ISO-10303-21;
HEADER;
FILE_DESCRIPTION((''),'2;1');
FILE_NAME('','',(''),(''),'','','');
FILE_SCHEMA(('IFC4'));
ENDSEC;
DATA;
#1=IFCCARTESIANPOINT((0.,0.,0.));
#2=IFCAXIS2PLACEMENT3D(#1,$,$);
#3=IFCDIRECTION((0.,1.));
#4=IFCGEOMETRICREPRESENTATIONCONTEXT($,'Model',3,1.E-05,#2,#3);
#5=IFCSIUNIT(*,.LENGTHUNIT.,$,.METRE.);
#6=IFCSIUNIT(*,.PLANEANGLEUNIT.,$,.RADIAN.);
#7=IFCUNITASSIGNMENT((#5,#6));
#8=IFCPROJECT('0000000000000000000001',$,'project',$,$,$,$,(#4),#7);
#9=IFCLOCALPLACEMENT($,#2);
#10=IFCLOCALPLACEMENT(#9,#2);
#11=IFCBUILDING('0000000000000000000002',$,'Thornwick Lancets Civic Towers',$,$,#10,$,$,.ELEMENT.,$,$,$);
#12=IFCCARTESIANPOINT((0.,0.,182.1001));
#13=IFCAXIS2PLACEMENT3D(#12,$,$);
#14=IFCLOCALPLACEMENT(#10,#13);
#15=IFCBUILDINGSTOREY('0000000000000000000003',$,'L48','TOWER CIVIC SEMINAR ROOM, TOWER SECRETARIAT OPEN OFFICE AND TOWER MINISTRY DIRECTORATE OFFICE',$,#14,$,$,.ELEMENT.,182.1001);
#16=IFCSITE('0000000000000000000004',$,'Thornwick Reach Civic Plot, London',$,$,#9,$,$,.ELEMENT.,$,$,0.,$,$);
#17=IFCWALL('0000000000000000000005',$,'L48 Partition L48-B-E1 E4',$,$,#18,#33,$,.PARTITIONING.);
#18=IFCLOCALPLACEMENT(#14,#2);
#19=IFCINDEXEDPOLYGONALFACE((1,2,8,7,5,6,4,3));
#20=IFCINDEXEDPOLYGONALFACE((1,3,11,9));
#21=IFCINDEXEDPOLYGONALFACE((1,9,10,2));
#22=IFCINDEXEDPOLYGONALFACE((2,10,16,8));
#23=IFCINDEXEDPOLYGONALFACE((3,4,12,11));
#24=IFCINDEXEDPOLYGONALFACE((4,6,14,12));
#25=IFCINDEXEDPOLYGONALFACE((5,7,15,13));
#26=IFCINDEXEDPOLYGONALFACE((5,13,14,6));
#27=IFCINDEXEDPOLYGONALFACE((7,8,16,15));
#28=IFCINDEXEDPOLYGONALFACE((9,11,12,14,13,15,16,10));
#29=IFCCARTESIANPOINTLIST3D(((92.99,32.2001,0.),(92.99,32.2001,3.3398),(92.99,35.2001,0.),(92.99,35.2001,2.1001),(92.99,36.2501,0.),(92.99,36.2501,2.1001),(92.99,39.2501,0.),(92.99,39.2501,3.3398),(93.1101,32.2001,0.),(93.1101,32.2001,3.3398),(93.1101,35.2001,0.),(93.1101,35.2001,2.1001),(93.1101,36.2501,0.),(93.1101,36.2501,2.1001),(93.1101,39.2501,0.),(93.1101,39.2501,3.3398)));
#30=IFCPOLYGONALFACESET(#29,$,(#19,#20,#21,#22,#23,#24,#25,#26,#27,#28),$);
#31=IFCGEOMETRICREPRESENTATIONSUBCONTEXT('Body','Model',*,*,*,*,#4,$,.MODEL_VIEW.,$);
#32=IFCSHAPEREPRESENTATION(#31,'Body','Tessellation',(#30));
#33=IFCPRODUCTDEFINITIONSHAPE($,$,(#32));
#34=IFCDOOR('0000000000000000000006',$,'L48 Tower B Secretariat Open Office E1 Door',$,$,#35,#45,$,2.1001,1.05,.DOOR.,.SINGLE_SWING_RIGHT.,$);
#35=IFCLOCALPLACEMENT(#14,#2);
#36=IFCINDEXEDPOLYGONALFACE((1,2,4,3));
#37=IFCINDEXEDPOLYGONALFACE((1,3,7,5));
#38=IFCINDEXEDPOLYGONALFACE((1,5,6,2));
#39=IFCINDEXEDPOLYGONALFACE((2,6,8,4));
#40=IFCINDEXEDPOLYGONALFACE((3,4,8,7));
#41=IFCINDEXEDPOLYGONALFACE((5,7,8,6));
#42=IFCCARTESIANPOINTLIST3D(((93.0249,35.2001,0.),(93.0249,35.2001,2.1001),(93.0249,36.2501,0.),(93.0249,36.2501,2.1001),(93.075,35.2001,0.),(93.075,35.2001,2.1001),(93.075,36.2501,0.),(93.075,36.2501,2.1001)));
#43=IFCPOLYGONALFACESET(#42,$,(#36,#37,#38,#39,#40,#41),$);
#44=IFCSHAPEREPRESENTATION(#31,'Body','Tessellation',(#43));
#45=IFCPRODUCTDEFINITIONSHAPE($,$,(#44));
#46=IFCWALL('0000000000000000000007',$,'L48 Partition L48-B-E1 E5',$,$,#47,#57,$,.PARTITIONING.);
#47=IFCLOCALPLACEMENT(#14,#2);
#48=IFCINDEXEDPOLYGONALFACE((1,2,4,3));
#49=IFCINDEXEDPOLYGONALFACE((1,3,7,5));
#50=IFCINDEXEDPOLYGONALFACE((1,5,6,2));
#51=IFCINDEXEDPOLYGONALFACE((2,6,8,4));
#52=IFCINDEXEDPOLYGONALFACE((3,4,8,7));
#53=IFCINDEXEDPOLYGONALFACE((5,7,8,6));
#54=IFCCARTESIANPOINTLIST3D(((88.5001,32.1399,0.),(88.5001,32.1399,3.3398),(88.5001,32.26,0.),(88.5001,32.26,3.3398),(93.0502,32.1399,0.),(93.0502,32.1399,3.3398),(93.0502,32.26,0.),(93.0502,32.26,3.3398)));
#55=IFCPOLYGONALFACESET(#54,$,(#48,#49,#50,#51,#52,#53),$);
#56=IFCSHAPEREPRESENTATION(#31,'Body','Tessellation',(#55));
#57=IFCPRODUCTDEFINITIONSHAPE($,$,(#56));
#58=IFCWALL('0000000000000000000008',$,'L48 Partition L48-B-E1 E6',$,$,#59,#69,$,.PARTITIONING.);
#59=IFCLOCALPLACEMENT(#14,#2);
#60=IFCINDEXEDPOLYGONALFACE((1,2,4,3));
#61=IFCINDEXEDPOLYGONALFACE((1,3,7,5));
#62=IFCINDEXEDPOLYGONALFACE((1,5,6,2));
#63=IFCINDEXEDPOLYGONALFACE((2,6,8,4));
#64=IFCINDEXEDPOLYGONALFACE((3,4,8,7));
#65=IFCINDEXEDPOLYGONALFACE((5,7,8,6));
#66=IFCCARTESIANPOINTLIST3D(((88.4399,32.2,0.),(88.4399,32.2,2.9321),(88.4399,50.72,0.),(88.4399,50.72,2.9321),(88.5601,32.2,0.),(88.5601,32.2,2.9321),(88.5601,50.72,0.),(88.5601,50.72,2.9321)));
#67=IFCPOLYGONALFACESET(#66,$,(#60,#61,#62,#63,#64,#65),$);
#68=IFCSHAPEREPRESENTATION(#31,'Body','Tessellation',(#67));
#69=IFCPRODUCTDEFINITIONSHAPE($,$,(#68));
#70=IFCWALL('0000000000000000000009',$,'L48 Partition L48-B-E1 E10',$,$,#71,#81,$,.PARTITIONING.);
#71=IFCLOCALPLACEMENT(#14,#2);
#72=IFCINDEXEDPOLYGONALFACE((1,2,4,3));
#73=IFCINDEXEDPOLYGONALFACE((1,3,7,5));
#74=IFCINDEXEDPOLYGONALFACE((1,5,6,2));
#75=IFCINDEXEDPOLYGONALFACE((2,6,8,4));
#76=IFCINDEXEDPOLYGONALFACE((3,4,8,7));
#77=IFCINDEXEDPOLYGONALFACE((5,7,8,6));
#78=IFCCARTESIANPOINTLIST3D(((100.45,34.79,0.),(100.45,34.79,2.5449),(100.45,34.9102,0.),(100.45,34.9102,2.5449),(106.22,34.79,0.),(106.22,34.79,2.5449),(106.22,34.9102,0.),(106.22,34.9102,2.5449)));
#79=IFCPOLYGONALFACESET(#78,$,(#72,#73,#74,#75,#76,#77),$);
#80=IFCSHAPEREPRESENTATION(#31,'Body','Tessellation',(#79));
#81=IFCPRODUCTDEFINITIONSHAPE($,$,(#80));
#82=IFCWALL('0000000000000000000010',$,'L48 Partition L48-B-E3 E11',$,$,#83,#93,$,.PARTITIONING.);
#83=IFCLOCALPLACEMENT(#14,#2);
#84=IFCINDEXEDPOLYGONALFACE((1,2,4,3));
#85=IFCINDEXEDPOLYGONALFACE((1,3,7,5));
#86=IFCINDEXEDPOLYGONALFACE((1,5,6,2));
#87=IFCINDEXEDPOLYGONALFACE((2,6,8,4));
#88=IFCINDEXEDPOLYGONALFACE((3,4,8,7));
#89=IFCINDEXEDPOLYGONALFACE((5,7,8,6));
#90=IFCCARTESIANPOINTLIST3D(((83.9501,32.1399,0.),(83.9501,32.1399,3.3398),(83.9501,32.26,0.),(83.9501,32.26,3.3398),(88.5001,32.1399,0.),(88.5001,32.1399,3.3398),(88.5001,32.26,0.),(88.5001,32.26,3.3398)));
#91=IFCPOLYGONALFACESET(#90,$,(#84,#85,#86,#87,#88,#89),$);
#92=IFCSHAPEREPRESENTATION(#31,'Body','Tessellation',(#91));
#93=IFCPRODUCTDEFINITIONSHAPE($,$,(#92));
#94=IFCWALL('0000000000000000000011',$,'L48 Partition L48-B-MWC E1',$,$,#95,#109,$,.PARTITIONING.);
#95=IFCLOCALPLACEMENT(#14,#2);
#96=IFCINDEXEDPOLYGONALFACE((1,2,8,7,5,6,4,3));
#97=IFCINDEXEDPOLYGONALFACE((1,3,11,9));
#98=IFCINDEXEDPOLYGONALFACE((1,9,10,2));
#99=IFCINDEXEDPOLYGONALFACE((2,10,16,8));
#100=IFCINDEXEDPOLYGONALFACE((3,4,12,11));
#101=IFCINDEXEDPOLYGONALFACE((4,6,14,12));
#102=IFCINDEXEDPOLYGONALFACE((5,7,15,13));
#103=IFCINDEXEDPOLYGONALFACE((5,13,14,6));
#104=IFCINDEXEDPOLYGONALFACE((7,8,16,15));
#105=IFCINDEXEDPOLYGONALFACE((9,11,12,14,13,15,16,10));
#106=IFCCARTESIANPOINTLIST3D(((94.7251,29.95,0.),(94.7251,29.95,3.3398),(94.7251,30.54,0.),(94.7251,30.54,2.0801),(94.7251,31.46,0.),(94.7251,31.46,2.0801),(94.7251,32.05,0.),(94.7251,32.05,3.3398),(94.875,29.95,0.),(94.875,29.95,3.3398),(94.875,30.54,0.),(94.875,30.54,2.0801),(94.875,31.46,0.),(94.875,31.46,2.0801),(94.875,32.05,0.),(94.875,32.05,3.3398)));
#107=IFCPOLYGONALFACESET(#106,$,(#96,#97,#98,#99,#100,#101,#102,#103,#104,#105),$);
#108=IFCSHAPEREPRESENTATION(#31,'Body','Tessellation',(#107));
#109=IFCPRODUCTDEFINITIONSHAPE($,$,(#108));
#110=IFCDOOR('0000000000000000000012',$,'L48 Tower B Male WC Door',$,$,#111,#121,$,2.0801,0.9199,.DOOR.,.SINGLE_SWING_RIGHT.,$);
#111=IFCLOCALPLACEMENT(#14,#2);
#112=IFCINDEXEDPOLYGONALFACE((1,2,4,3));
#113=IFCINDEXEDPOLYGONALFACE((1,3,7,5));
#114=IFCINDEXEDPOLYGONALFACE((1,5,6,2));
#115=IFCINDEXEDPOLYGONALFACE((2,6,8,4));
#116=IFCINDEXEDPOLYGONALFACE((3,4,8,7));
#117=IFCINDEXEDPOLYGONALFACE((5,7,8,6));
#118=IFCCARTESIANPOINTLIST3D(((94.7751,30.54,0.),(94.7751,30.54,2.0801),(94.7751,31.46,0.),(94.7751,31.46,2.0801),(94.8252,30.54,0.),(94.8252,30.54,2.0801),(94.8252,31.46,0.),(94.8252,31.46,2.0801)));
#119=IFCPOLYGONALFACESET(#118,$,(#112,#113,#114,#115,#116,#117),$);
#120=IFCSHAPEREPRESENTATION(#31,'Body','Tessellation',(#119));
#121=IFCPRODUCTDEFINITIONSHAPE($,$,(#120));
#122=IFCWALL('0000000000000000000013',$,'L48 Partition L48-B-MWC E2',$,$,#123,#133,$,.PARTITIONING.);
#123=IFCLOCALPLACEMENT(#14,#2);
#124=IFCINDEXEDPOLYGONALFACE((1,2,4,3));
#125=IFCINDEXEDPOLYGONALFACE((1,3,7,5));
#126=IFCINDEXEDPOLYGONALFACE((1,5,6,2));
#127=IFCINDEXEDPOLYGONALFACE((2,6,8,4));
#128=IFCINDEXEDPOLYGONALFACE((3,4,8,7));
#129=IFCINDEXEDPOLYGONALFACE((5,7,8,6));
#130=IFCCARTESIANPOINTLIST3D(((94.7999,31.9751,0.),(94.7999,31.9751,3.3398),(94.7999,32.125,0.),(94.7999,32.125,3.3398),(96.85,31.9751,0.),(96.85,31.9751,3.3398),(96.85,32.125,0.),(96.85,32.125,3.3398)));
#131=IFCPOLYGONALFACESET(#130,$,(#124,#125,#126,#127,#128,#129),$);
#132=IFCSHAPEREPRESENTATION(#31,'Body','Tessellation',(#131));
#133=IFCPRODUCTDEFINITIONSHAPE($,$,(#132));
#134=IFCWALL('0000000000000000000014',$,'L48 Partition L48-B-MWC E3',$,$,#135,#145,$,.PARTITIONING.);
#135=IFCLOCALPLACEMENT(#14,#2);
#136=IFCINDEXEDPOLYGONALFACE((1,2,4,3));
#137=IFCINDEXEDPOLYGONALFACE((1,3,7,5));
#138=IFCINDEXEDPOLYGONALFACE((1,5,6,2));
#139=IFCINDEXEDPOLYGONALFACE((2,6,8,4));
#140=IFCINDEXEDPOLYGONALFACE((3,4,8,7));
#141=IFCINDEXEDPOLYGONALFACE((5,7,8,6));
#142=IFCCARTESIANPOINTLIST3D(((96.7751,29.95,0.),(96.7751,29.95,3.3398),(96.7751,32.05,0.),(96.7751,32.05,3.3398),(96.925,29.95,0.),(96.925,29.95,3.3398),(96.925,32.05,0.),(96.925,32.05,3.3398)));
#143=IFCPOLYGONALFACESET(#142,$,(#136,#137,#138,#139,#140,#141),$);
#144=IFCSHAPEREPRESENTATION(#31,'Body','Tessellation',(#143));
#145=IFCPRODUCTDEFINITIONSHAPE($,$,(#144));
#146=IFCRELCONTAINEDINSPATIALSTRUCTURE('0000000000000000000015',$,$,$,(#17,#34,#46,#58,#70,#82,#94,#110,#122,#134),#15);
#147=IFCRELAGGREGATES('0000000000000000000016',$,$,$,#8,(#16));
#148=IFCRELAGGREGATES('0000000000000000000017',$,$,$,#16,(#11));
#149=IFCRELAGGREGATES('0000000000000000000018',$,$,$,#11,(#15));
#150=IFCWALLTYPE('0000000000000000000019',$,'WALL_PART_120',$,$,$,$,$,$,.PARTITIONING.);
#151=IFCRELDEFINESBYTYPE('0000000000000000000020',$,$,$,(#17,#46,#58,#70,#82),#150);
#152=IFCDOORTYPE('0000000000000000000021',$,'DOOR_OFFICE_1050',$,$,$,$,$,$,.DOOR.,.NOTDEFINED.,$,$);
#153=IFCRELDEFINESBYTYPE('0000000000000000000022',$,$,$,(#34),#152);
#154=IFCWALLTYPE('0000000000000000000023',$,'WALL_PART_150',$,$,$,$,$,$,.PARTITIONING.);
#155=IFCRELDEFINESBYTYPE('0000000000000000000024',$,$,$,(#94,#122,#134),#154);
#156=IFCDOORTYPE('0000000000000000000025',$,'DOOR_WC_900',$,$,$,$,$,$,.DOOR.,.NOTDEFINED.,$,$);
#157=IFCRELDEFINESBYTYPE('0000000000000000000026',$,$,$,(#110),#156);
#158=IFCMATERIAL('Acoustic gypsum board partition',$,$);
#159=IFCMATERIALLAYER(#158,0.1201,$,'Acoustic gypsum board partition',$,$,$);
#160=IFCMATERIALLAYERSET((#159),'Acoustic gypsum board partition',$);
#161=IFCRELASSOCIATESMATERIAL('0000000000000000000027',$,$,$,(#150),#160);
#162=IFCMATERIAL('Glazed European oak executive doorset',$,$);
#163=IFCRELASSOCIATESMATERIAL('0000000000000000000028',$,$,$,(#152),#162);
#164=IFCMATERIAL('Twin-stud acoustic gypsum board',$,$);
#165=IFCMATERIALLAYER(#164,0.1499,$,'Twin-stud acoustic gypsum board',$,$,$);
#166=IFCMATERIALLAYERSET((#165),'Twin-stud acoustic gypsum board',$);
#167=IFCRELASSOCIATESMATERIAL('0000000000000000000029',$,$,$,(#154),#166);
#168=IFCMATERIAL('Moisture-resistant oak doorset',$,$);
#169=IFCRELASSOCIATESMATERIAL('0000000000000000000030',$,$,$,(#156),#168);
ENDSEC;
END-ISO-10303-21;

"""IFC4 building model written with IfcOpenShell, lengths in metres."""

from ifc_helpers import new_model, si_unit, direction, frame, frame_2d, origin, place, context, subcontext, project, spatial, rectangle, extrude, material, layer, layer_set, type_object, element, fill, save


model = new_model("IFC4")

# Units and contexts
model_context = context("Model", 3, precision=1e-05, world=origin(), true_north=direction((0.0, 1.0)))
body_context = subcontext(model_context, "Body", "Model", "MODEL_VIEW")
ifc_project = project(units=[si_unit("LENGTHUNIT", "METRE"), si_unit("PLANEANGLEUNIT", "RADIAN")], contexts=[model_context])

# Site, building, storey
site_placement = place(None, origin())
site = spatial("IfcSite", under=ifc_project, at=site_placement, Name="Thornwick Reach Civic Plot, London", CompositionType="ELEMENT", RefElevation=0.0)
building_placement = place(site_placement, origin())
building = spatial("IfcBuilding", under=site, at=building_placement, Name="Thornwick Lancets Civic Towers", CompositionType="ELEMENT")
storey_placement = place(building_placement, frame((0.0, 0.0, 182.1001)))
storey = spatial("IfcBuildingStorey", under=building, at=storey_placement, Name="L48", Description="TOWER CIVIC SEMINAR ROOM, TOWER SECRETARIAT OPEN OFFICE AND TOWER MINISTRY DIRECTORATE OFFICE", CompositionType="ELEMENT", Elevation=182.1001)

# Shared definitions
ifc_material_1 = material(Name="Acoustic gypsum board partition")
ifc_layer_1 = layer(ifc_material_1, 0.1201, Name="Acoustic gypsum board partition")
ifc_layer_set_1 = layer_set([ifc_layer_1], Name="Acoustic gypsum board partition")
wall_type_1 = type_object("IfcWallType", Name="WALL_PART_120", PredefinedType="PARTITIONING", material=ifc_layer_set_1)

# Wall, opening, door
wall_1_placement = place(storey_placement, frame((93.05, 39.25, 0.0), z_axis=(0.0, 0.0, 1.0), x_axis=(0.0, -1.0, 0.0)))
wall_1 = element("IfcWall", 1, at=wall_1_placement, inside=storey, type_object=wall_type_1, Name="L48 Partition L48-B-E1 E4", PredefinedType="PARTITIONING", context=body_context, shape_type="SweptSolid", body=[
    extrude(rectangle(XDim=7.05, YDim=0.1201, at=frame_2d((3.5249, 0.0))), origin(), (0.0, 0.0, 1.0), 3.3398),
])
opening_1_placement = place(wall_1_placement, frame((3.0, 0.0, 0.0)))
opening_1 = element("IfcOpeningElement", 2, at=opening_1_placement, cuts=wall_1, PredefinedType="OPENING", context=body_context, shape_type="SweptSolid", body=[
    extrude(rectangle(XDim=1.05, YDim=2.1001, at=frame_2d((0.5249, 1.05))), frame((0.0, 0.0701, 0.0), z_axis=(0.0, -1.0, 0.0), x_axis=(1.0, 0.0, 0.0)), (0.0, 0.0, 1.0), 0.1401),
])
ifc_material_2 = material(Name="Glazed European oak executive doorset")
door_type_1 = type_object("IfcDoorType", Name="DOOR_OFFICE_1050", OperationType="NOTDEFINED", PredefinedType="DOOR", material=ifc_material_2)
door_1_placement = place(opening_1_placement, origin())
door_1 = element("IfcDoor", 3, at=door_1_placement, inside=storey, type_object=door_type_1, Name="L48 Tower B Secretariat Open Office E1 Door", OperationType="SINGLE_SWING_RIGHT", OverallHeight=2.1001, OverallWidth=1.05, PredefinedType="DOOR", context=body_context, shape_type="SweptSolid", body=[
    extrude(rectangle(XDim=1.05, YDim=2.1001, at=frame_2d((0.5249, 1.05))), frame((0.0, 0.0249, 0.0), z_axis=(0.0, -1.0, 0.0), x_axis=(1.0, 0.0, 0.0)), (0.0, 0.0, 1.0), 0.05),
])
fill(opening_1, door_1)

# Walls
wall_2_placement = place(storey_placement, frame((93.05, 32.2, 0.0), z_axis=(0.0, 0.0, 1.0), x_axis=(-1.0, 0.0, 0.0)))
element("IfcWall", 4, at=wall_2_placement, inside=storey, type_object=wall_type_1, Name="L48 Partition L48-B-E1 E5", PredefinedType="PARTITIONING", context=body_context, shape_type="SweptSolid", body=[
    extrude(rectangle(XDim=4.55, YDim=0.1201, at=frame_2d((2.2749, 0.0))), origin(), (0.0, 0.0, 1.0), 3.3398),
])
wall_3_placement = place(storey_placement, frame((88.5, 32.2, 0.0), z_axis=(0.0, 0.0, 1.0), x_axis=(0.0, 1.0, 0.0)))
element("IfcWall", 5, at=wall_3_placement, inside=storey, type_object=wall_type_1, Name="L48 Partition L48-B-E1 E6", PredefinedType="PARTITIONING", context=body_context, shape_type="SweptSolid", body=[
    extrude(rectangle(XDim=18.52, YDim=0.1201, at=frame_2d((9.26, 0.0))), origin(), (0.0, 0.0, 1.0), 2.9321),
])
wall_4_placement = place(storey_placement, frame((106.22, 34.8501, 0.0), z_axis=(0.0, 0.0, 1.0), x_axis=(-1.0, 0.0, 0.0)))
element("IfcWall", 6, at=wall_4_placement, inside=storey, type_object=wall_type_1, Name="L48 Partition L48-B-E1 E10", PredefinedType="PARTITIONING", context=body_context, shape_type="SweptSolid", body=[
    extrude(rectangle(XDim=5.77, YDim=0.1201, at=frame_2d((2.885, 0.0))), origin(), (0.0, 0.0, 1.0), 2.5449),
])
wall_5_placement = place(storey_placement, frame((88.5, 32.2, 0.0), z_axis=(0.0, 0.0, 1.0), x_axis=(-1.0, 0.0, 0.0)))
element("IfcWall", 7, at=wall_5_placement, inside=storey, type_object=wall_type_1, Name="L48 Partition L48-B-E3 E11", PredefinedType="PARTITIONING", context=body_context, shape_type="SweptSolid", body=[
    extrude(rectangle(XDim=4.55, YDim=0.1201, at=frame_2d((2.2749, 0.0))), origin(), (0.0, 0.0, 1.0), 3.3398),
])

# Wall, opening, door
ifc_material_3 = material(Name="Twin-stud acoustic gypsum board")
ifc_layer_2 = layer(ifc_material_3, 0.1499, Name="Twin-stud acoustic gypsum board")
ifc_layer_set_2 = layer_set([ifc_layer_2], Name="Twin-stud acoustic gypsum board")
wall_type_2 = type_object("IfcWallType", Name="WALL_PART_150", PredefinedType="PARTITIONING", material=ifc_layer_set_2)
wall_6_placement = place(storey_placement, frame((94.8, 29.95, 0.0), z_axis=(0.0, 0.0, 1.0), x_axis=(0.0, 1.0, 0.0)))
wall_6 = element("IfcWall", 8, at=wall_6_placement, inside=storey, type_object=wall_type_2, Name="L48 Partition L48-B-MWC E1", PredefinedType="PARTITIONING", context=body_context, shape_type="SweptSolid", body=[
    extrude(rectangle(XDim=2.1001, YDim=0.1499, at=frame_2d((1.05, 0.0))), origin(), (0.0, 0.0, 1.0), 3.3398),
])
opening_2_placement = place(wall_6_placement, frame((0.5901, 0.0, 0.0)))
opening_2 = element("IfcOpeningElement", 9, at=opening_2_placement, cuts=wall_6, PredefinedType="OPENING", context=body_context, shape_type="SweptSolid", body=[
    extrude(rectangle(XDim=0.9199, YDim=2.0801, at=frame_2d((0.46, 1.04))), frame((0.0, 0.085, 0.0), z_axis=(0.0, -1.0, 0.0), x_axis=(1.0, 0.0, 0.0)), (0.0, 0.0, 1.0), 0.1699),
])
ifc_material_4 = material(Name="Moisture-resistant oak doorset")
door_type_2 = type_object("IfcDoorType", Name="DOOR_WC_900", OperationType="NOTDEFINED", PredefinedType="DOOR", material=ifc_material_4)
door_2_placement = place(opening_2_placement, origin())
door_2 = element("IfcDoor", 10, at=door_2_placement, inside=storey, type_object=door_type_2, Name="L48 Tower B Male WC Door", OperationType="SINGLE_SWING_RIGHT", OverallHeight=2.0801, OverallWidth=0.9199, PredefinedType="DOOR", context=body_context, shape_type="SweptSolid", body=[
    extrude(rectangle(XDim=0.9199, YDim=2.0801, at=frame_2d((0.46, 1.04))), frame((0.0, 0.0249, 0.0), z_axis=(0.0, -1.0, 0.0), x_axis=(1.0, 0.0, 0.0)), (0.0, 0.0, 1.0), 0.05),
])
fill(opening_2, door_2)

# Walls
wall_7_placement = place(storey_placement, frame((94.8, 32.05, 0.0), z_axis=(0.0, 0.0, 1.0), x_axis=(1.0, 0.0, 0.0)))
element("IfcWall", 11, at=wall_7_placement, inside=storey, type_object=wall_type_2, Name="L48 Partition L48-B-MWC E2", PredefinedType="PARTITIONING", context=body_context, shape_type="SweptSolid", body=[
    extrude(rectangle(XDim=2.05, YDim=0.1499, at=frame_2d((1.0249, 0.0))), origin(), (0.0, 0.0, 1.0), 3.3398),
])
wall_8_placement = place(storey_placement, frame((96.8501, 32.05, 0.0), z_axis=(0.0, 0.0, 1.0), x_axis=(0.0, -1.0, 0.0)))
element("IfcWall", 12, at=wall_8_placement, inside=storey, type_object=wall_type_2, Name="L48 Partition L48-B-MWC E3", PredefinedType="PARTITIONING", context=body_context, shape_type="SweptSolid", body=[
    extrude(rectangle(XDim=2.1001, YDim=0.1499, at=frame_2d((1.05, 0.0))), origin(), (0.0, 0.0, 1.0), 3.3398),
])

save(model, "model.ifc")
